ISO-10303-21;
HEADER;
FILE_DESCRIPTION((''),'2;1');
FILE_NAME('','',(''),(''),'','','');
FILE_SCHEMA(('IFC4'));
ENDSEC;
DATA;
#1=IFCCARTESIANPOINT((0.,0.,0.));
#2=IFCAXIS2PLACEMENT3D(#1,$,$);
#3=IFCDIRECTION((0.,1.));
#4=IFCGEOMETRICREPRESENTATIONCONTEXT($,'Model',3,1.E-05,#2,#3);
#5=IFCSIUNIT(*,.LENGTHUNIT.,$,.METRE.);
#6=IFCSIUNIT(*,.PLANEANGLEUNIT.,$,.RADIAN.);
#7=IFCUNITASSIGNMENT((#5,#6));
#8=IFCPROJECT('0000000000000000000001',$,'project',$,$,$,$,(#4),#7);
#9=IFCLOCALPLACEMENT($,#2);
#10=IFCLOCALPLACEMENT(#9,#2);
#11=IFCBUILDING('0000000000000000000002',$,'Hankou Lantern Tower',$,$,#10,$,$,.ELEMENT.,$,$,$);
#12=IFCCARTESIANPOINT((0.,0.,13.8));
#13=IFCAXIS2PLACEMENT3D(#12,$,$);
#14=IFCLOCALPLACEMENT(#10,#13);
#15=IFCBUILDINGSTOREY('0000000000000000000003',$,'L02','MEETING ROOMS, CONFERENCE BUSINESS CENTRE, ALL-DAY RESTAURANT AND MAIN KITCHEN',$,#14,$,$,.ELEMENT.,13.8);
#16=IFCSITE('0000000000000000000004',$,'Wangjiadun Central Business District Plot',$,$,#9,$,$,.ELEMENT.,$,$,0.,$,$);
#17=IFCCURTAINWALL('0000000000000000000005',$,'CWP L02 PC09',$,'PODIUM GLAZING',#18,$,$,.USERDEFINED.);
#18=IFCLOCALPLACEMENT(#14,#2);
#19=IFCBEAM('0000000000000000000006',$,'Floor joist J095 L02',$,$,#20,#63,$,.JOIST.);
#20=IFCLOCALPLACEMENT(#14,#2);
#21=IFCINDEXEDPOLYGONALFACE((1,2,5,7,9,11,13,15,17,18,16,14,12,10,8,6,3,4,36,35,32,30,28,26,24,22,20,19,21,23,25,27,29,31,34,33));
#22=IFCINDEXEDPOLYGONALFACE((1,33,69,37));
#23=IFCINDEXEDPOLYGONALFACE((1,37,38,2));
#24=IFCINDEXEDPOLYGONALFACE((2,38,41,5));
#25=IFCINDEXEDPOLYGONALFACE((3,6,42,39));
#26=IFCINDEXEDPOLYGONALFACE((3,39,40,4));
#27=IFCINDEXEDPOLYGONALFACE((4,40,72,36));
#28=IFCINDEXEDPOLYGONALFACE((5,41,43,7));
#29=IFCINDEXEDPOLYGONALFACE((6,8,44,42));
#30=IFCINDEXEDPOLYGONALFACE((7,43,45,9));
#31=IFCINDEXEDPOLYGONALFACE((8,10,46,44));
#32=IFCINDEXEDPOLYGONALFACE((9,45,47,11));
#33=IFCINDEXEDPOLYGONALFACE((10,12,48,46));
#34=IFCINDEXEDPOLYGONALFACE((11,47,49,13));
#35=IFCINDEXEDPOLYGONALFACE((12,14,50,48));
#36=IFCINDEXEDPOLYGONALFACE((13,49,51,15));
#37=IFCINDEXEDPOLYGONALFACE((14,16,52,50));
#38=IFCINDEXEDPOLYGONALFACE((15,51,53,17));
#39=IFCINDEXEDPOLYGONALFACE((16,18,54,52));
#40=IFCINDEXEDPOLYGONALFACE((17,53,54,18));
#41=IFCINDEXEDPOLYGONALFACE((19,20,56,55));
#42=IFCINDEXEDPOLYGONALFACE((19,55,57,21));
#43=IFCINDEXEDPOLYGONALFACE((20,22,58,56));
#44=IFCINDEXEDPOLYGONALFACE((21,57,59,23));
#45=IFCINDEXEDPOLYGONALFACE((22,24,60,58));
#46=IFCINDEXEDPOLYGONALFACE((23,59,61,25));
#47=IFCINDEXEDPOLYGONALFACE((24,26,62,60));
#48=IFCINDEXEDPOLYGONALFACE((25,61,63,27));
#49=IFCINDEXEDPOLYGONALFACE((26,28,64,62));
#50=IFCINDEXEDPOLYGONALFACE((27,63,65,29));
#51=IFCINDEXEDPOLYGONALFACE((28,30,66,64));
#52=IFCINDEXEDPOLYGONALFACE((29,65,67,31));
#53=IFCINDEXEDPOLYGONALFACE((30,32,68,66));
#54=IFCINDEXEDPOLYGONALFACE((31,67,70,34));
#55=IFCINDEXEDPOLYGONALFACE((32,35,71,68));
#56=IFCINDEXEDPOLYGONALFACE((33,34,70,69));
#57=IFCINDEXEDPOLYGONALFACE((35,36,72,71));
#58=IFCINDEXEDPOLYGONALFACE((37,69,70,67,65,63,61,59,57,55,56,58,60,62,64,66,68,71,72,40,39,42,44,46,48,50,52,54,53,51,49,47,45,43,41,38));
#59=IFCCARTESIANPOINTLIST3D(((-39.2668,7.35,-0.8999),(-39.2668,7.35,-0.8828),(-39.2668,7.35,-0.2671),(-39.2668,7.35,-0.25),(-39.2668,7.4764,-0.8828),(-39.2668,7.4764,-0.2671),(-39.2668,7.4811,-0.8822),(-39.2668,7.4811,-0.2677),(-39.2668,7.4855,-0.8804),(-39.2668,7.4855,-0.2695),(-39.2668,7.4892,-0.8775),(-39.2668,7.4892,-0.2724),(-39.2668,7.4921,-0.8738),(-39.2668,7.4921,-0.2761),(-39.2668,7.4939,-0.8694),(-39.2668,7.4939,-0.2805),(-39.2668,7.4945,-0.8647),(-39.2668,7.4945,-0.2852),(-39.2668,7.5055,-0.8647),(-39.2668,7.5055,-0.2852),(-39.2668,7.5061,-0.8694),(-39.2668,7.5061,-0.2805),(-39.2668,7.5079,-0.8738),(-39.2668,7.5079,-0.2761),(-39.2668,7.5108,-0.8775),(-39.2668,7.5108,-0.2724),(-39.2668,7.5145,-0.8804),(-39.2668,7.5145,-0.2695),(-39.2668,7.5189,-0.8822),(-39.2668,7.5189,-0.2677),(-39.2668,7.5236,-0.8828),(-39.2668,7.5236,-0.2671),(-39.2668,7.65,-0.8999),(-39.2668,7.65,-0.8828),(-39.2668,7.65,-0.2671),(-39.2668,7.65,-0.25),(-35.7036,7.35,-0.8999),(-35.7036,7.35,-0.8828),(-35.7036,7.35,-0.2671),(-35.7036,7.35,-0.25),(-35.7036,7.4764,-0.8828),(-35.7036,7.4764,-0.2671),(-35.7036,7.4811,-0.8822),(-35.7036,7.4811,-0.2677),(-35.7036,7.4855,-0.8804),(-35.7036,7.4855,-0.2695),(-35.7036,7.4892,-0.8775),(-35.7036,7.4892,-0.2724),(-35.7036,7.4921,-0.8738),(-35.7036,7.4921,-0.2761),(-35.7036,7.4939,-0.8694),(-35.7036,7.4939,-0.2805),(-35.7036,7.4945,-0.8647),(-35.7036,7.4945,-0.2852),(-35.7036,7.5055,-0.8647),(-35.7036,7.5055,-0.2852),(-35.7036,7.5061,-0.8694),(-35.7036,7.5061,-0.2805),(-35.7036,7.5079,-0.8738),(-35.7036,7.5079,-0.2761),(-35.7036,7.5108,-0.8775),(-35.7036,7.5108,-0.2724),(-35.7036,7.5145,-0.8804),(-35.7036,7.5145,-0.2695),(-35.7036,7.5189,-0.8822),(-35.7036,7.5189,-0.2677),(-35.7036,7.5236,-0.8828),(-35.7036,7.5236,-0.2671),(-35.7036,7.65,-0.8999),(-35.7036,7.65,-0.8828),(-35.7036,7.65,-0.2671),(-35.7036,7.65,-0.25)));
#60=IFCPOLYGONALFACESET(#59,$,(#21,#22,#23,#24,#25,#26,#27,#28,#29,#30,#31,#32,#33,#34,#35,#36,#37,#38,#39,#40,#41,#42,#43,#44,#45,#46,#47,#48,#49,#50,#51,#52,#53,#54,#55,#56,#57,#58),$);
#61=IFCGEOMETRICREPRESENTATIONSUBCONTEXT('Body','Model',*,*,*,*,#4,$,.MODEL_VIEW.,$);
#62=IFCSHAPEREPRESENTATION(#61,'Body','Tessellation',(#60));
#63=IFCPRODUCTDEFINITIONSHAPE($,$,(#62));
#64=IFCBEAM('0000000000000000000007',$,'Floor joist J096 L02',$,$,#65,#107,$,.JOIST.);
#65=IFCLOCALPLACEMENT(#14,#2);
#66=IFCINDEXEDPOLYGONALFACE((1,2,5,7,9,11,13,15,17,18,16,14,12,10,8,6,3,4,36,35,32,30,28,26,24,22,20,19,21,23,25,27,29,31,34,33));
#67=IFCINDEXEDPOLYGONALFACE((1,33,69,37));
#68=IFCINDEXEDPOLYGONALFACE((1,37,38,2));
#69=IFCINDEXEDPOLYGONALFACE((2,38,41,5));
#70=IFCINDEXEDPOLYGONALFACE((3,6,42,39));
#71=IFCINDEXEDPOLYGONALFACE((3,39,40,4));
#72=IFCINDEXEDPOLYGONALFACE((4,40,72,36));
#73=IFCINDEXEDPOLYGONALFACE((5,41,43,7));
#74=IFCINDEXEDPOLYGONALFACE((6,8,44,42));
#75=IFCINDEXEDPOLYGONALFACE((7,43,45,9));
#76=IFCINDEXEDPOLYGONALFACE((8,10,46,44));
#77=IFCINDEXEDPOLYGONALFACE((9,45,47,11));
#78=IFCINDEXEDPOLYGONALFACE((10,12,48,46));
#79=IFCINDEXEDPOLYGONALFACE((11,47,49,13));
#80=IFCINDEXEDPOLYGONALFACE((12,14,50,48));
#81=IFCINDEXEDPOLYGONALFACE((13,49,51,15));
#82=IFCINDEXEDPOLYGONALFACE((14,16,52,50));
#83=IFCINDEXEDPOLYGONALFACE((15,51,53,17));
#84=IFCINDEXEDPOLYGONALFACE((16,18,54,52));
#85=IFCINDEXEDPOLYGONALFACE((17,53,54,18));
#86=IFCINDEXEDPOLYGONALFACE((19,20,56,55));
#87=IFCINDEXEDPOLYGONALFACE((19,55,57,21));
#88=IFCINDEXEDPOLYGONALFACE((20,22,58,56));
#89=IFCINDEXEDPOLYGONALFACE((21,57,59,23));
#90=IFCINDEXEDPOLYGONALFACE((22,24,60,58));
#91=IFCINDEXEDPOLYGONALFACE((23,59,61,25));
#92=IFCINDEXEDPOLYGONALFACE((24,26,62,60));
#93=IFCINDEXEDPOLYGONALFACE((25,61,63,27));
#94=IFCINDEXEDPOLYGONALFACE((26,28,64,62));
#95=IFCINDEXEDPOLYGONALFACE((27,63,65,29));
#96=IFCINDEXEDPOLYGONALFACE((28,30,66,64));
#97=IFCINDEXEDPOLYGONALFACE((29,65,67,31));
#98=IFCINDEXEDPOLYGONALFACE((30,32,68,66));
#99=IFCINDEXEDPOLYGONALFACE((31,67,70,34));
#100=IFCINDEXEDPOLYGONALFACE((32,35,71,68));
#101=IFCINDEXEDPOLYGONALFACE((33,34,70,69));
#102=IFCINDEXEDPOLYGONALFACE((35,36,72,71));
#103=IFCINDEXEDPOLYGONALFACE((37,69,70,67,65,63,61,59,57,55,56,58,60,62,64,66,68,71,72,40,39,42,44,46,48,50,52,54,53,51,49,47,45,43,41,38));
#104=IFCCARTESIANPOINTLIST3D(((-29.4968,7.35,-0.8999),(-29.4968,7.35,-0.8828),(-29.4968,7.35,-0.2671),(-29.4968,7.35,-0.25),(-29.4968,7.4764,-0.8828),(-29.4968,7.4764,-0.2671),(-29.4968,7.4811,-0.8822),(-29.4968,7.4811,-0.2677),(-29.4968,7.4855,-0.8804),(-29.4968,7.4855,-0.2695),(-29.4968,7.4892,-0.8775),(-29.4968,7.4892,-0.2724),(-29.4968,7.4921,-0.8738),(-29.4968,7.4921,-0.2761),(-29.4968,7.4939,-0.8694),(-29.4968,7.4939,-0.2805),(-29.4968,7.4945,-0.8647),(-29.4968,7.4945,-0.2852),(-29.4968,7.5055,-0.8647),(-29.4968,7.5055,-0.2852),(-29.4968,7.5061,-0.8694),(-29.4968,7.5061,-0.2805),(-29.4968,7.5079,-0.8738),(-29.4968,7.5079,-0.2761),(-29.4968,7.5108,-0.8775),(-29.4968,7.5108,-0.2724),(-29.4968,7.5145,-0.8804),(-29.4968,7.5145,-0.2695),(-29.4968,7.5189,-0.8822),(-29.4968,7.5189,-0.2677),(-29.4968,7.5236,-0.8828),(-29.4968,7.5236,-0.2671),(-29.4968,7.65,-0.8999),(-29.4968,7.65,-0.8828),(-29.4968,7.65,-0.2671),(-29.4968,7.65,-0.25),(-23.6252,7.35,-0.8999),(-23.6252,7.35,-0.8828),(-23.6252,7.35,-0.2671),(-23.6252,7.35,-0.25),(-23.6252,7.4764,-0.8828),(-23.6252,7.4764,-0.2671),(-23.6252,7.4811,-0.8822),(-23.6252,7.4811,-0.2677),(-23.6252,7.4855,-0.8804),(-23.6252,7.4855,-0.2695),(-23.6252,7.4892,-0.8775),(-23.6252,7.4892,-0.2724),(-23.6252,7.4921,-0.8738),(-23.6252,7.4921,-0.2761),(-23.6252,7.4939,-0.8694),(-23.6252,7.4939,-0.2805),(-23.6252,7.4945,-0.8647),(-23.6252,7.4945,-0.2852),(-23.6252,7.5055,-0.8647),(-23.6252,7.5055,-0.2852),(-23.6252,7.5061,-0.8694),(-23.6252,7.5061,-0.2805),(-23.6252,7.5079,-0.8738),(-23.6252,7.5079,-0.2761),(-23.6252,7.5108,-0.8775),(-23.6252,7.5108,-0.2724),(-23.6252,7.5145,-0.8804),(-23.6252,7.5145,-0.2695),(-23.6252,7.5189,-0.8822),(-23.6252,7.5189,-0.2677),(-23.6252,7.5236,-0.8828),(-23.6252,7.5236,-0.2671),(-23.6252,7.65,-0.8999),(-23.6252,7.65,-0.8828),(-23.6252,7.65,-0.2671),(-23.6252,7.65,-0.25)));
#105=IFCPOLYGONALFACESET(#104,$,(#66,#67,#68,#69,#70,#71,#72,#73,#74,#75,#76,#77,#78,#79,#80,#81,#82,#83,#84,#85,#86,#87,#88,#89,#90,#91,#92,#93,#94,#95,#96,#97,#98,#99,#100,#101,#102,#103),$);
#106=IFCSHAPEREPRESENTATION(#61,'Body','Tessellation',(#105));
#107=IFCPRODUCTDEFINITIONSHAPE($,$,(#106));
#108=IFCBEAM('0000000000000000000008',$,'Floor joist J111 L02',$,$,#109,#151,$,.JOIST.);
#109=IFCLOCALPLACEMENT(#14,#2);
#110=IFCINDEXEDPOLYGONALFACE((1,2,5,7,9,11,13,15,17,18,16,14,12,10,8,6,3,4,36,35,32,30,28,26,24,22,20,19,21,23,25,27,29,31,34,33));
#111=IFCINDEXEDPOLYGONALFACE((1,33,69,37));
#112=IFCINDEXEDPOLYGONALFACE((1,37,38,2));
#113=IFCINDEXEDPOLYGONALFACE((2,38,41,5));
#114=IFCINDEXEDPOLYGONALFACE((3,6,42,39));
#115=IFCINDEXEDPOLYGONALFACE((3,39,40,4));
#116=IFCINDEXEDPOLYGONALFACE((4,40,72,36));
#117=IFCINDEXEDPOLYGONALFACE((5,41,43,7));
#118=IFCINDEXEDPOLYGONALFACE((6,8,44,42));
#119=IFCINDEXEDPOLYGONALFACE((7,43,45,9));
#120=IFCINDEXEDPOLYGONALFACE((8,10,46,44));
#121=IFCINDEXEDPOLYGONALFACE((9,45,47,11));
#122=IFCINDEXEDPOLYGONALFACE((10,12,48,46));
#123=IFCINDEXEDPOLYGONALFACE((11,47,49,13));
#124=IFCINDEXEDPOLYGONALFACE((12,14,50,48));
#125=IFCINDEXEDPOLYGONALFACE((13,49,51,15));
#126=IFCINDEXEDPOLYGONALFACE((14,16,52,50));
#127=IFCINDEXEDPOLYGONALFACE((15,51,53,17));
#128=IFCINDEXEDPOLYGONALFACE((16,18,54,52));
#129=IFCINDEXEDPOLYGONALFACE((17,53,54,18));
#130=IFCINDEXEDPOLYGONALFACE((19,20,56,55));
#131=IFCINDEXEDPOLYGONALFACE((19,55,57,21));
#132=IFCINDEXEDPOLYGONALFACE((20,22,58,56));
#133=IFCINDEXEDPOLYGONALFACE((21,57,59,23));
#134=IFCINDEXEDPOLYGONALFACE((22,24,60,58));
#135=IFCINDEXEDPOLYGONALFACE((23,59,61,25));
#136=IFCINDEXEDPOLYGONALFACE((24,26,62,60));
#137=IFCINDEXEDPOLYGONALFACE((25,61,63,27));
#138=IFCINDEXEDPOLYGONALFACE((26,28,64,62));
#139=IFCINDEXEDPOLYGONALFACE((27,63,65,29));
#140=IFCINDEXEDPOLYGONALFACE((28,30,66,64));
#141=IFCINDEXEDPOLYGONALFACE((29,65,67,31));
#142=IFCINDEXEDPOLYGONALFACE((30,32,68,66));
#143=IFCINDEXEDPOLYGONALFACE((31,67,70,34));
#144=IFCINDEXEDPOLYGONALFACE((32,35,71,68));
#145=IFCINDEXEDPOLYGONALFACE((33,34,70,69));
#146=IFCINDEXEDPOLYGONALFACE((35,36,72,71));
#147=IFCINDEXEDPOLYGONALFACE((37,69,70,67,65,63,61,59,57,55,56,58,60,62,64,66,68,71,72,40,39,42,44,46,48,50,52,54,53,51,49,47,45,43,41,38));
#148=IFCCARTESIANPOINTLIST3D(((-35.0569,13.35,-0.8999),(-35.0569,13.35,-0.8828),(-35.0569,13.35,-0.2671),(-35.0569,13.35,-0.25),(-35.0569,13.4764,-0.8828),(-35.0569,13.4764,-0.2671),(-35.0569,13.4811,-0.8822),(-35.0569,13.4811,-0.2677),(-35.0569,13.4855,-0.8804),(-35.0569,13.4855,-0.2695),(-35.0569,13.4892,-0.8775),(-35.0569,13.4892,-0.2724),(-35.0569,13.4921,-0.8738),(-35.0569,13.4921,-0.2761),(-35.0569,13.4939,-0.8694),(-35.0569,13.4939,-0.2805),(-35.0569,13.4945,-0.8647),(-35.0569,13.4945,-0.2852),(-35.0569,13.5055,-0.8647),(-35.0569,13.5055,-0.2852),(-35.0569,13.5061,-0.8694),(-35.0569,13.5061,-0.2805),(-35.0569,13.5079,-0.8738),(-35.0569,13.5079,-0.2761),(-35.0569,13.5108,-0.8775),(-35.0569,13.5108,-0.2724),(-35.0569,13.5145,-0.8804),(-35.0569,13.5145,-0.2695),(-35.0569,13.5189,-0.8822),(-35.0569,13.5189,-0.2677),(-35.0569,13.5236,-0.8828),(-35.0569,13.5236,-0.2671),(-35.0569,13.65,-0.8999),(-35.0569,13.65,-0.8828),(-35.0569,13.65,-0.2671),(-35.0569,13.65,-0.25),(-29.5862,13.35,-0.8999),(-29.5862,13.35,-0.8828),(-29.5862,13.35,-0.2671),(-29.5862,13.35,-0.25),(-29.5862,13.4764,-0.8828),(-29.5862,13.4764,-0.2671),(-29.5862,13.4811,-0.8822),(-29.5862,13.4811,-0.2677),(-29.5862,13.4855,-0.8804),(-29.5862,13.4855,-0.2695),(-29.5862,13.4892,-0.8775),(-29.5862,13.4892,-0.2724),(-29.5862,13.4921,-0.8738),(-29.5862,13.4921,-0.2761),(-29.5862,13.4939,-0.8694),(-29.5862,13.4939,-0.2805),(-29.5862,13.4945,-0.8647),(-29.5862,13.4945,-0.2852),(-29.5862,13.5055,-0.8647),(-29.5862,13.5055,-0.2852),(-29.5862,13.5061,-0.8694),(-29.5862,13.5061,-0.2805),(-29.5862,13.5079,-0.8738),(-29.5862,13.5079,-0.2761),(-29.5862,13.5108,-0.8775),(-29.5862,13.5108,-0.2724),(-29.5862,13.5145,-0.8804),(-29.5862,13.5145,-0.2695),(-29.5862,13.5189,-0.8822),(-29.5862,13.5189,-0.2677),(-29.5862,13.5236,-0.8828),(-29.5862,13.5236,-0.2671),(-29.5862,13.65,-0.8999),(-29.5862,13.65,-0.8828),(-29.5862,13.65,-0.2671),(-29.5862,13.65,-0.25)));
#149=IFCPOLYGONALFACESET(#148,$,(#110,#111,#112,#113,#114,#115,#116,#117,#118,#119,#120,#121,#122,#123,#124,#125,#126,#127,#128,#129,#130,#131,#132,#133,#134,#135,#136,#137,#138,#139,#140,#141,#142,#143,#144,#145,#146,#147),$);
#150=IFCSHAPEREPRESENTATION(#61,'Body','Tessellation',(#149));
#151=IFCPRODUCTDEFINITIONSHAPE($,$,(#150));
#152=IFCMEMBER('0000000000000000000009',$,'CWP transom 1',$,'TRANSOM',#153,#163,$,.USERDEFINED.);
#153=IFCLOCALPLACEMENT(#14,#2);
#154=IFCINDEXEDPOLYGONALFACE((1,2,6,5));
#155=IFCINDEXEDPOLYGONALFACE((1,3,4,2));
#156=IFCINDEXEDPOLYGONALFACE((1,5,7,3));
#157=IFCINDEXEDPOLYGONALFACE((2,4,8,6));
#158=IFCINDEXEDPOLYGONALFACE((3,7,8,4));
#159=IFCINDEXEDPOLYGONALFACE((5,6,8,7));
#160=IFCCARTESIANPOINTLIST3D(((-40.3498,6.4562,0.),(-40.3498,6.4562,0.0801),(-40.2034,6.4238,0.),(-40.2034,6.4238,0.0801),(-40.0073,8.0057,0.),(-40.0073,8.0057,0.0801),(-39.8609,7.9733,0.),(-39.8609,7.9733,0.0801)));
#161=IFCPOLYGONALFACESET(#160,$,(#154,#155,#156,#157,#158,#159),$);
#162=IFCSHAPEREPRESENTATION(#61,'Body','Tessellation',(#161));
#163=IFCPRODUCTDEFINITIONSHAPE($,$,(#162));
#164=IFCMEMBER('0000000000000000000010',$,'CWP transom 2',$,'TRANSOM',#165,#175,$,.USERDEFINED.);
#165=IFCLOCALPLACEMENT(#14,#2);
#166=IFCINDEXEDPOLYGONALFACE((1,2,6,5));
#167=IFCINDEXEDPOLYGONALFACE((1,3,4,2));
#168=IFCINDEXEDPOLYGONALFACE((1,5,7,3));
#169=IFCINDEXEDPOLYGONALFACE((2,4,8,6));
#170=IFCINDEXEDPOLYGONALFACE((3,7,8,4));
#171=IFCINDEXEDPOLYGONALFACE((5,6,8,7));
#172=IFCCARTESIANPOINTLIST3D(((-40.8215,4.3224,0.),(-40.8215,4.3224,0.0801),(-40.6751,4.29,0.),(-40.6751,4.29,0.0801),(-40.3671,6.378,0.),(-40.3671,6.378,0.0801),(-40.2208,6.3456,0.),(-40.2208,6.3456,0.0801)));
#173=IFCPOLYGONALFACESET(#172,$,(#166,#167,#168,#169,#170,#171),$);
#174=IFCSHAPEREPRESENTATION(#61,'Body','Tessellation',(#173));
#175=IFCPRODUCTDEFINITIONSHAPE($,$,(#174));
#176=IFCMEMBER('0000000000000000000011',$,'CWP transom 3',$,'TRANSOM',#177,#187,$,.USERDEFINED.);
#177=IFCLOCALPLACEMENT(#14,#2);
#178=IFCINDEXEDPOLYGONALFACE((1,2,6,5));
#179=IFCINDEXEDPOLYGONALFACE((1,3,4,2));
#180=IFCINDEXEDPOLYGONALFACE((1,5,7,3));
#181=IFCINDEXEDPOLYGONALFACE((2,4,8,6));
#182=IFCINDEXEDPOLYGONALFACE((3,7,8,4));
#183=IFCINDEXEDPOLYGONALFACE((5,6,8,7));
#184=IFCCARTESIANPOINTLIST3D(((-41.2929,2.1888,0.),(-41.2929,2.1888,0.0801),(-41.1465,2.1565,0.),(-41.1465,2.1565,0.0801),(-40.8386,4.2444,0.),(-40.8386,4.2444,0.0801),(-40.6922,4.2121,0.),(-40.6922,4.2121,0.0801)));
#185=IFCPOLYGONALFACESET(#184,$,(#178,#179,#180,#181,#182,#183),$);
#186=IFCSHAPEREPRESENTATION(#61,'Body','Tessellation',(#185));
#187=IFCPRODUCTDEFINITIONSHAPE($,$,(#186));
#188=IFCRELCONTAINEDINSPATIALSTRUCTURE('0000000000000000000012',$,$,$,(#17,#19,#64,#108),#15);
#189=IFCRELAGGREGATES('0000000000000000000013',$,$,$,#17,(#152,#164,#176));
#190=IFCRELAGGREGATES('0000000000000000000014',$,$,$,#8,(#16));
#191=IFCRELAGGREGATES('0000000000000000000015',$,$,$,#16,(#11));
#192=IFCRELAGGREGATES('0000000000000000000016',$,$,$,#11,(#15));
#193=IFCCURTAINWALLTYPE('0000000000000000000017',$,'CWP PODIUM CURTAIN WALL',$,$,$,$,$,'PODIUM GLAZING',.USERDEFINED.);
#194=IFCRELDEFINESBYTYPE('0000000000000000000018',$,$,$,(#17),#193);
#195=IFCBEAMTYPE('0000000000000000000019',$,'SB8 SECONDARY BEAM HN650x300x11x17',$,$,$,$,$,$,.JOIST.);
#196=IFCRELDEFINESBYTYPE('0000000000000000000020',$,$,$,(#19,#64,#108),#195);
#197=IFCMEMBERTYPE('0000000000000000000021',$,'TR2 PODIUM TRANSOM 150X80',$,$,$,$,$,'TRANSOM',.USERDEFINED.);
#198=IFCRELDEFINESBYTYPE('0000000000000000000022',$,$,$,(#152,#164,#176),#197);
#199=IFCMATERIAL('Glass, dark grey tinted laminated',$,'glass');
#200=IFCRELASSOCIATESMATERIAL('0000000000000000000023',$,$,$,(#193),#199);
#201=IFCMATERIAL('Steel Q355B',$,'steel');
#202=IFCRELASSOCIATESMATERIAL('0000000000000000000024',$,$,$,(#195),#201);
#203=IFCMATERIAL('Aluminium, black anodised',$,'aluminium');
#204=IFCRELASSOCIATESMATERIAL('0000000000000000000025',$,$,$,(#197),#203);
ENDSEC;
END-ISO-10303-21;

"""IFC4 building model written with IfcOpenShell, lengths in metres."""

from ifc_helpers import new_model, si_unit, direction, frame, origin, origin_2d, place, context, subcontext, project, spatial, rectangle, i_section, extrude, material, material_profile, profile_set, type_object, element, aggregate, save


model = new_model("IFC4")

# Units and contexts
model_context = context("Model", 3, precision=1e-05, world=origin(), true_north=direction((0.0, 1.0)))
body_context = subcontext(model_context, "Body", "Model", "MODEL_VIEW")
ifc_project = project(units=[si_unit("LENGTHUNIT", "METRE"), si_unit("PLANEANGLEUNIT", "RADIAN")], contexts=[model_context])

# Site, building, storey
site_placement = place(None, origin())
site = spatial("IfcSite", under=ifc_project, at=site_placement, Name="Wangjiadun Central Business District Plot", CompositionType="ELEMENT", RefElevation=0.0)
building_placement = place(site_placement, origin())
building = spatial("IfcBuilding", under=site, at=building_placement, Name="Hankou Lantern Tower", CompositionType="ELEMENT")
storey_placement = place(building_placement, frame((0.0, 0.0, 13.8)))
storey = spatial("IfcBuildingStorey", under=building, at=storey_placement, Name="L02", Description="MEETING ROOMS, CONFERENCE BUSINESS CENTRE, ALL-DAY RESTAURANT AND MAIN KITCHEN", CompositionType="ELEMENT", Elevation=13.8)

# Curtain wall
ifc_material_1 = material(Name="Glass, dark grey tinted laminated", Category="glass")
curtain_wall_type = type_object("IfcCurtainWallType", Name="CWP PODIUM CURTAIN WALL", ElementType="PODIUM GLAZING", PredefinedType="USERDEFINED", material=ifc_material_1)
curtain_wall_placement = place(storey_placement, origin())
curtain_wall = element("IfcCurtainWall", 1, at=curtain_wall_placement, inside=storey, type_object=curtain_wall_type, Name="CWP L02 PC09", ObjectType="PODIUM GLAZING", PredefinedType="USERDEFINED")

# Beams
ifc_material_2 = material(Name="Steel Q355B", Category="steel")
ifc_material_profile_1 = material_profile(ifc_material_2, i_section(OverallWidth=0.3, OverallDepth=0.6499, WebThickness=0.011, FlangeThickness=0.0171, FilletRadius=0.0181, at=origin_2d()), Name="HN650x300x11x17")
ifc_profile_set_1 = profile_set([ifc_material_profile_1], Name="Steel Q355B")
beam_type_1 = type_object("IfcBeamType", Name="SB8 SECONDARY BEAM HN650x300x11x17", PredefinedType="JOIST", material=ifc_profile_set_1)
beam_1_placement = place(storey_placement, frame((-39.2668, 7.5, -0.575), z_axis=(1.0, 0.0, 0.0), x_axis=(0.0, 1.0, 0.0)))
element("IfcBeam", 2, at=beam_1_placement, inside=storey, type_object=beam_type_1, Name="Floor joist J095 L02", PredefinedType="JOIST", context=body_context, shape_type="SweptSolid", body=[
    extrude(i_section(OverallWidth=0.3, OverallDepth=0.6499, WebThickness=0.011, FlangeThickness=0.0171, FilletRadius=0.0181, at=origin_2d()), origin(), (0.0, 0.0, 1.0), 3.5632),
])
beam_2_placement = place(storey_placement, frame((-29.4968, 7.5, -0.575), z_axis=(1.0, 0.0, 0.0), x_axis=(0.0, 1.0, 0.0)))
element("IfcBeam", 3, at=beam_2_placement, inside=storey, type_object=beam_type_1, Name="Floor joist J096 L02", PredefinedType="JOIST", context=body_context, shape_type="SweptSolid", body=[
    extrude(i_section(OverallWidth=0.3, OverallDepth=0.6499, WebThickness=0.011, FlangeThickness=0.0171, FilletRadius=0.0181, at=origin_2d()), origin(), (0.0, 0.0, 1.0), 5.8716),
])
beam_3_placement = place(storey_placement, frame((-35.0569, 13.5, -0.575), z_axis=(1.0, 0.0, 0.0), x_axis=(0.0, 1.0, 0.0)))
element("IfcBeam", 4, at=beam_3_placement, inside=storey, type_object=beam_type_1, Name="Floor joist J111 L02", PredefinedType="JOIST", context=body_context, shape_type="SweptSolid", body=[
    extrude(i_section(OverallWidth=0.3, OverallDepth=0.6499, WebThickness=0.011, FlangeThickness=0.0171, FilletRadius=0.0181, at=origin_2d()), origin(), (0.0, 0.0, 1.0), 5.4707),
])

# Members
ifc_material_3 = material(Name="Aluminium, black anodised", Category="aluminium")
ifc_material_profile_2 = material_profile(ifc_material_3, rectangle(XDim=0.1499, YDim=0.0801, at=origin_2d()), Name="TR2 150X80")
ifc_profile_set_2 = profile_set([ifc_material_profile_2], Name="Aluminium, black anodised")
member_type_1 = type_object("IfcMemberType", Name="TR2 PODIUM TRANSOM 150X80", ElementType="TRANSOM", PredefinedType="USERDEFINED", material=ifc_profile_set_2)
member_1_placement = place(storey_placement, frame((-39.9341, 7.9895, 0.04), z_axis=(-0.215839, -0.976429, 0.0), x_axis=(0.976429, -0.215839, 0.0)))
member_1 = element("IfcMember", 5, at=member_1_placement, type_object=member_type_1, Name="CWP transom 1", ObjectType="TRANSOM", PredefinedType="USERDEFINED", context=body_context, shape_type="SweptSolid", body=[
    extrude(rectangle(XDim=0.1499, YDim=0.0801, at=origin_2d()), origin(), (0.0, 0.0, 1.0), 1.5869),
])
member_2_placement = place(storey_placement, frame((-40.2939, 6.3618, 0.04), z_axis=(-0.215813, -0.976435, 0.0), x_axis=(0.976435, -0.215813, 0.0)))
member_2 = element("IfcMember", 6, at=member_2_placement, type_object=member_type_1, Name="CWP transom 2", ObjectType="TRANSOM", PredefinedType="USERDEFINED", context=body_context, shape_type="SweptSolid", body=[
    extrude(rectangle(XDim=0.1499, YDim=0.0801, at=origin_2d()), origin(), (0.0, 0.0, 1.0), 2.1052),
])
member_3_placement = place(storey_placement, frame((-40.7654, 4.2283, 0.04), z_axis=(-0.215813, -0.976435, 0.0), x_axis=(0.976435, -0.215813, 0.0)))
member_3 = element("IfcMember", 7, at=member_3_placement, type_object=member_type_1, Name="CWP transom 3", ObjectType="TRANSOM", PredefinedType="USERDEFINED", context=body_context, shape_type="SweptSolid", body=[
    extrude(rectangle(XDim=0.1499, YDim=0.0801, at=origin_2d()), origin(), (0.0, 0.0, 1.0), 2.1052),
])

aggregate(curtain_wall, [member_1, member_2, member_3])

save(model, "model.ifc")
